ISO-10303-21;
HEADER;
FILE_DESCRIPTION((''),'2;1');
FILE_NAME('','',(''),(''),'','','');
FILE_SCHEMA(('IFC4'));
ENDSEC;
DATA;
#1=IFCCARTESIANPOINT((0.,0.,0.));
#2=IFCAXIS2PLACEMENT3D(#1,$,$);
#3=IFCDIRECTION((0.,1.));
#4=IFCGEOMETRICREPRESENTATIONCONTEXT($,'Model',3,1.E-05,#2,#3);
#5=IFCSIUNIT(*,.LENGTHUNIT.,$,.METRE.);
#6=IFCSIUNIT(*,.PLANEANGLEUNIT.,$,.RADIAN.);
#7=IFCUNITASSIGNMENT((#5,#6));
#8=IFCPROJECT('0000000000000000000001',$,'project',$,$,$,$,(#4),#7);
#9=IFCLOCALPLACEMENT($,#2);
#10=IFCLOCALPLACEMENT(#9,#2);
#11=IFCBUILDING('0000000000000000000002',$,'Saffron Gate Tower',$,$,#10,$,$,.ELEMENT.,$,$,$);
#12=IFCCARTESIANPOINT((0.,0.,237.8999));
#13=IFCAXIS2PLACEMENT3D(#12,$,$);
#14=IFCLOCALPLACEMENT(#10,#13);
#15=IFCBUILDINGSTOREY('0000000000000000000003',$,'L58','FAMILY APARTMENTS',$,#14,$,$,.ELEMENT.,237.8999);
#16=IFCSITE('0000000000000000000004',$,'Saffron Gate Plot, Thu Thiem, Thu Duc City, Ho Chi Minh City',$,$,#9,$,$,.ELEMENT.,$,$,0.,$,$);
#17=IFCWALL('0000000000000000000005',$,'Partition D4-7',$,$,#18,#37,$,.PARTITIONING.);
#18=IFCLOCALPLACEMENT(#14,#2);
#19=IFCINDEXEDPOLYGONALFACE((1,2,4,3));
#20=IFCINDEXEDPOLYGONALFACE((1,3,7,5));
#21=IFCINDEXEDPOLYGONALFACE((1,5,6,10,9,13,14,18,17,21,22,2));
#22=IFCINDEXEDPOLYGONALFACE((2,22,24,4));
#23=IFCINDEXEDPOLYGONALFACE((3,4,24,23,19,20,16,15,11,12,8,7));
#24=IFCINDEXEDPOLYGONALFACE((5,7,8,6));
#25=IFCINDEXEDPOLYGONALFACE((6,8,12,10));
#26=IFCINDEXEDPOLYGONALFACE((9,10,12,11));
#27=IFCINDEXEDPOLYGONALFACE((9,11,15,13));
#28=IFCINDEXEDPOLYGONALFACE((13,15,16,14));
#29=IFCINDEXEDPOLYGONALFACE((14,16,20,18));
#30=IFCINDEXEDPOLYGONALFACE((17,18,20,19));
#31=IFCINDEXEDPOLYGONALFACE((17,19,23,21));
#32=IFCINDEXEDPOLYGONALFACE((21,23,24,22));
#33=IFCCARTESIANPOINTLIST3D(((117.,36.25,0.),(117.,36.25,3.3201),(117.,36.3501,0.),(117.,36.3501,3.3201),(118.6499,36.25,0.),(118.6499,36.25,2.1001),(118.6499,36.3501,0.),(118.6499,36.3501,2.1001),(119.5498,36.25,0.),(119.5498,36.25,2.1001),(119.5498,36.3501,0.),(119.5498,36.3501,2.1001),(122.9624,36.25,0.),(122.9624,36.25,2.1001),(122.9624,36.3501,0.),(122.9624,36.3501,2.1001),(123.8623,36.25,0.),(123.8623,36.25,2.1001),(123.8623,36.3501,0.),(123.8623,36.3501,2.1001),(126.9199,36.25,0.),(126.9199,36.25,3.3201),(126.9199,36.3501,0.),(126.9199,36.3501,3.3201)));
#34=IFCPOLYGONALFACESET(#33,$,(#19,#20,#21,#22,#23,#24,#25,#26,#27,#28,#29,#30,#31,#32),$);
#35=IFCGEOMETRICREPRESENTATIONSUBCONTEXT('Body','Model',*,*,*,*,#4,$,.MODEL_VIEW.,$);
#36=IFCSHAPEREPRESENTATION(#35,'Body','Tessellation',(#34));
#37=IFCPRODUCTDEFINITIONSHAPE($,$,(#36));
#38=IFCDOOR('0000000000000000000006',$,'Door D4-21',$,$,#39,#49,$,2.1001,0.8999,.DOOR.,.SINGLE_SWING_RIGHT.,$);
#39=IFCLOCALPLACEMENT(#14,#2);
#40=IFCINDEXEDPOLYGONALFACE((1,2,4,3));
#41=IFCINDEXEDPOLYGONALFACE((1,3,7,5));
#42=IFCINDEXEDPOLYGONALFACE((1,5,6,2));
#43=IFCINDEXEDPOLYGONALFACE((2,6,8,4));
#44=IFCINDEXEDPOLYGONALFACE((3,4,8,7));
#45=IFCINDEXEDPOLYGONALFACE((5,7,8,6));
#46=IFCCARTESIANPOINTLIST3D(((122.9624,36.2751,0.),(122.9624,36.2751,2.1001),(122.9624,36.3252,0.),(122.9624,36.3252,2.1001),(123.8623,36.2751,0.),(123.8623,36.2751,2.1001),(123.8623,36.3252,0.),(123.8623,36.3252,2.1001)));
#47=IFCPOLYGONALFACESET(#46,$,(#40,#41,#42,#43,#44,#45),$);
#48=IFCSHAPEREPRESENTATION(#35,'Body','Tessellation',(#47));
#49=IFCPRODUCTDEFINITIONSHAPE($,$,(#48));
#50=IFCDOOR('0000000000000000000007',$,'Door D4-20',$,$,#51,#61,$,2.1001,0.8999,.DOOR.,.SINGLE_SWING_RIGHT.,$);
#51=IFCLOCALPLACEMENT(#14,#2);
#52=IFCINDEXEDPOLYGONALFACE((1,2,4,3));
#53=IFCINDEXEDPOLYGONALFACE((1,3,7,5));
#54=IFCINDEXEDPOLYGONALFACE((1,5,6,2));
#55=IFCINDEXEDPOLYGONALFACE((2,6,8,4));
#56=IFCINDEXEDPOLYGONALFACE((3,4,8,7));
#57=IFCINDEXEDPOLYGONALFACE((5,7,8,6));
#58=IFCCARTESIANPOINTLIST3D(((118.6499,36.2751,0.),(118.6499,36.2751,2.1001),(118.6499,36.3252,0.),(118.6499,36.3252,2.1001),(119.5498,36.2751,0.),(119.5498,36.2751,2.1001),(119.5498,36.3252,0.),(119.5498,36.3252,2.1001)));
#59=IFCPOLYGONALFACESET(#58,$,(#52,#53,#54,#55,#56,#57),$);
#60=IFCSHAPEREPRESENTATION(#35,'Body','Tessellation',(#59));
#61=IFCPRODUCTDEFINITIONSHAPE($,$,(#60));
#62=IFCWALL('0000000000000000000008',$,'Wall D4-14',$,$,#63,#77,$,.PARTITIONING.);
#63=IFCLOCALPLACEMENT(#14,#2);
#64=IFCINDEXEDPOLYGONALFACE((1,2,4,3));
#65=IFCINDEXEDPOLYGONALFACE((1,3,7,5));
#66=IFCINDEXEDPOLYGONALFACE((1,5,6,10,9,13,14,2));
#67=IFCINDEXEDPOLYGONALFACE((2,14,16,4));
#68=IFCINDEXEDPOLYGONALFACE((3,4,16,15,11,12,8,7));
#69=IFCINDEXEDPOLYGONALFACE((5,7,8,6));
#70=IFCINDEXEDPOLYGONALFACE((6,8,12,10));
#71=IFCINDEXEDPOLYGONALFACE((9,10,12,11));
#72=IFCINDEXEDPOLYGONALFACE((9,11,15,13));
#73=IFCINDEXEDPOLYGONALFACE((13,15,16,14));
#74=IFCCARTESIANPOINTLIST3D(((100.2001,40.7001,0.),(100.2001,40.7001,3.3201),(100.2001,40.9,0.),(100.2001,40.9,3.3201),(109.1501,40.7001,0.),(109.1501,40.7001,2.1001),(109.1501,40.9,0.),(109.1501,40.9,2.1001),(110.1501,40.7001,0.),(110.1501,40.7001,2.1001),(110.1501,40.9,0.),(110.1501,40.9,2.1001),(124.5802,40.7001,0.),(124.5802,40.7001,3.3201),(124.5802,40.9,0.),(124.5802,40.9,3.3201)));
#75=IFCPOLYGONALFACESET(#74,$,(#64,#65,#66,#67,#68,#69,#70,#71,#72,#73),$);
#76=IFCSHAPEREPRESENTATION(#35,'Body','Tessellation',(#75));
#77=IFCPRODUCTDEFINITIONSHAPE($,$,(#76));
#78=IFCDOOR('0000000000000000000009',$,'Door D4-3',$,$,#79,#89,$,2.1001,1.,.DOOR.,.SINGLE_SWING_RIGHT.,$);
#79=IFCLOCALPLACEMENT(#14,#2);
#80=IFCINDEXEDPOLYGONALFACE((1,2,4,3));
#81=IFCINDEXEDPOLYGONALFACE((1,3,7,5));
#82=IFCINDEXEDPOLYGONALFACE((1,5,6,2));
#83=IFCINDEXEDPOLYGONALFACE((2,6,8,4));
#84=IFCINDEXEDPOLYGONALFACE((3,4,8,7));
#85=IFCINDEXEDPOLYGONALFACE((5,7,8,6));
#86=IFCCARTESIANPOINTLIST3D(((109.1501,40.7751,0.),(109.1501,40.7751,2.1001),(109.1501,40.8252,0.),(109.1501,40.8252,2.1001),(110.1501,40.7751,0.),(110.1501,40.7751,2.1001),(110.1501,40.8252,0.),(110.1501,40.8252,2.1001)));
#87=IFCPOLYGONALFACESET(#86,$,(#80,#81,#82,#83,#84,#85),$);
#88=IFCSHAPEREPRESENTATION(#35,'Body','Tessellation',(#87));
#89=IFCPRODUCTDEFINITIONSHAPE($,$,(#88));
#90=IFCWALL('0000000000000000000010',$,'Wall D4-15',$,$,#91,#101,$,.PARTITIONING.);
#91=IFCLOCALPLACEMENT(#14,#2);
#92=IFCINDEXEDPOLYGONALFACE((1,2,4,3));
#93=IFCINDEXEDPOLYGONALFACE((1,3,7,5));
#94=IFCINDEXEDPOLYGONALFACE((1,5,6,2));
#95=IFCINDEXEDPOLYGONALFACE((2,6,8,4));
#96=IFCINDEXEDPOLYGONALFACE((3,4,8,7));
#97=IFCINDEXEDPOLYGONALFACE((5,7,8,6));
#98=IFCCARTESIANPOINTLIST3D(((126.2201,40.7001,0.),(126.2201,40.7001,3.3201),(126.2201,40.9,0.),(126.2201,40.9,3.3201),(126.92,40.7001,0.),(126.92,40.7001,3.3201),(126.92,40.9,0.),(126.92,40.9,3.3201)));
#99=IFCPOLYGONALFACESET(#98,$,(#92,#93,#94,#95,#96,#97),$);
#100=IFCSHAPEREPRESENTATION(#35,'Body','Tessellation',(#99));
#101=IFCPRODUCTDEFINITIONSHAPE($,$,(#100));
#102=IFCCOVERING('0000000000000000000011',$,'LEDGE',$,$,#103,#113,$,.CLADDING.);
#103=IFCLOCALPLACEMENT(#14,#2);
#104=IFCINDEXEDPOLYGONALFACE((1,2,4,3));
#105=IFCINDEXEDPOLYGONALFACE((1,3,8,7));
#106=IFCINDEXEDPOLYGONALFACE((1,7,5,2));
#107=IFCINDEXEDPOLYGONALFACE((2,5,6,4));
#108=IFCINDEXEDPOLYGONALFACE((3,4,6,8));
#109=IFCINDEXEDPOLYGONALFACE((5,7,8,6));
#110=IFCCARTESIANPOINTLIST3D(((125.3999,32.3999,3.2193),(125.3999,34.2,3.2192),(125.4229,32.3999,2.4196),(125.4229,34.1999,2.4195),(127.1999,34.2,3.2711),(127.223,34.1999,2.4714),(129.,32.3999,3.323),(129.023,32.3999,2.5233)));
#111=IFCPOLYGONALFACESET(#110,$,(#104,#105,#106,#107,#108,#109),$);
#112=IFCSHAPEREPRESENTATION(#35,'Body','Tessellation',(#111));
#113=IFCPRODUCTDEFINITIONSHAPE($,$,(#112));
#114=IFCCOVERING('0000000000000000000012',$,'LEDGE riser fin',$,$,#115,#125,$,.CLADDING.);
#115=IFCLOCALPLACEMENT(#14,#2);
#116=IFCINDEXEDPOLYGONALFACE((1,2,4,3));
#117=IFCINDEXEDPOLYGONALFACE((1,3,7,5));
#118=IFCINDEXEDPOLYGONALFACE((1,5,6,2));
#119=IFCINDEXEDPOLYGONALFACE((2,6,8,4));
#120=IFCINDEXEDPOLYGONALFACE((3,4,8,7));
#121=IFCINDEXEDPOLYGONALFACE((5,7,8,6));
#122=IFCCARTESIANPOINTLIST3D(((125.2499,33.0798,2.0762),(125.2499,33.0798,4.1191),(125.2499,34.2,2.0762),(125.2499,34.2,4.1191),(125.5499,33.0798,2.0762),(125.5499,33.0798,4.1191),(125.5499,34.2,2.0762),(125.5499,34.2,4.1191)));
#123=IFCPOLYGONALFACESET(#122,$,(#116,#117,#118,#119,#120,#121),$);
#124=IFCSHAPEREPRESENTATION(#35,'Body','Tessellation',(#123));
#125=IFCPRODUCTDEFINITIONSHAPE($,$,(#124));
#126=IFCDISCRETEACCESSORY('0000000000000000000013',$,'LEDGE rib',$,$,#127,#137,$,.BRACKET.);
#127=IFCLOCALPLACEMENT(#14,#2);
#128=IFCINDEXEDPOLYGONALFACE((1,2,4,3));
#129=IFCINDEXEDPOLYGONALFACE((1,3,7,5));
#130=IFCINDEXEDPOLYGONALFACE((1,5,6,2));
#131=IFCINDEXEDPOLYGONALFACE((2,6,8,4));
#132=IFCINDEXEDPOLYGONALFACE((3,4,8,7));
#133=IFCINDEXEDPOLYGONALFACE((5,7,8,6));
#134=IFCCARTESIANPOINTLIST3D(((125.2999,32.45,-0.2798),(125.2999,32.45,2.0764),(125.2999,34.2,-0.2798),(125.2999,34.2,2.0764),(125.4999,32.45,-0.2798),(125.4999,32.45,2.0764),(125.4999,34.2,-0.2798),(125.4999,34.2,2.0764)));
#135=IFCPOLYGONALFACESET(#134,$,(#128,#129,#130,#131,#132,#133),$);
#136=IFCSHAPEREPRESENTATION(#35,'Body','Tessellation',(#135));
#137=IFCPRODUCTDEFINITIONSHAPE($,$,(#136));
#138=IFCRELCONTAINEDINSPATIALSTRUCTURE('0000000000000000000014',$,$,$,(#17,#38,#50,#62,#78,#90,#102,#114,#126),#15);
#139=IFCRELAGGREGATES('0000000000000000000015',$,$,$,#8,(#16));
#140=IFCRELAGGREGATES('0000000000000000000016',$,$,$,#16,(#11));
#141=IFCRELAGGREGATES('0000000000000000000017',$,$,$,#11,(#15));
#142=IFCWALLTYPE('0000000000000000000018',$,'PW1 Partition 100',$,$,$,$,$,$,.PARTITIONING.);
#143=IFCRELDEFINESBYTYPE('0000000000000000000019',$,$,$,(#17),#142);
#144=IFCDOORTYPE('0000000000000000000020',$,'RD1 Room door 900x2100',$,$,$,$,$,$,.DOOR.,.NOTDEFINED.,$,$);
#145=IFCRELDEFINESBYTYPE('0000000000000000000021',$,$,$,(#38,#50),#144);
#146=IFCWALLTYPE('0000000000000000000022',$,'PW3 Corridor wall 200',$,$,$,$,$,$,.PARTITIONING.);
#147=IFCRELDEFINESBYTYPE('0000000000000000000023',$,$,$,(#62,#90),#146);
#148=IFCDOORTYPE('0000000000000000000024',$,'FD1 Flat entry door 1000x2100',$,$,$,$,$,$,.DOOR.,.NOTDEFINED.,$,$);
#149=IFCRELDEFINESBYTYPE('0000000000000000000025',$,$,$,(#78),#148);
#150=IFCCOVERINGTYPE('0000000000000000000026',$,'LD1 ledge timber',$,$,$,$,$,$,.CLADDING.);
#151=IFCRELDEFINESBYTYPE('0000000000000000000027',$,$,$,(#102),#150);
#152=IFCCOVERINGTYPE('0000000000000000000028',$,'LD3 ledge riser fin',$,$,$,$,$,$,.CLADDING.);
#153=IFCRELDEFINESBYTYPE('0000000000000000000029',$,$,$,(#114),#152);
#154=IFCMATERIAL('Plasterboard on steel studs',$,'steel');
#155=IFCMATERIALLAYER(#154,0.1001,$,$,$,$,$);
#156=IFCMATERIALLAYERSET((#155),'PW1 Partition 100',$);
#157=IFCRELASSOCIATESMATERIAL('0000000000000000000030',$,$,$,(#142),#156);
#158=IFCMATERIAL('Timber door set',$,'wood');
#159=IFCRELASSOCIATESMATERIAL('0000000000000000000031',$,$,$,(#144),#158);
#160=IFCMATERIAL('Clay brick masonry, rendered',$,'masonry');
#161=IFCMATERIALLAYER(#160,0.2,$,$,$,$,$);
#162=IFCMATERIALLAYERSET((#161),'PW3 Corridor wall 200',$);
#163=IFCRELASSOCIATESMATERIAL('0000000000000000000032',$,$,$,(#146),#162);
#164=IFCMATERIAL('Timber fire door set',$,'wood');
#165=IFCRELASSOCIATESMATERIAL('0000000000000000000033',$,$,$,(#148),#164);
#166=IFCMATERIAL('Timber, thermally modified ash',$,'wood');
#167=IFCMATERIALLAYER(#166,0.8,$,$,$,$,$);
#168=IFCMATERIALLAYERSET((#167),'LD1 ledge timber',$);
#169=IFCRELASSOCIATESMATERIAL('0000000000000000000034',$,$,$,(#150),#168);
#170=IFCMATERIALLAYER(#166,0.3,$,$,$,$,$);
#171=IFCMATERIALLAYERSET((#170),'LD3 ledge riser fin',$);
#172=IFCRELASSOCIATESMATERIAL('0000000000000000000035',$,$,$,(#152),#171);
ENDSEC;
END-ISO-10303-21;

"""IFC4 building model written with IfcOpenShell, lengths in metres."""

from ifc_helpers import new_model, si_unit, direction, frame, frame_2d, origin, origin_2d, place, context, subcontext, project, spatial, polyline, rectangle, outline, extrude, material, layer, layer_set, type_object, element, fill, save


model = new_model("IFC4")

# Units and contexts
model_context = context("Model", 3, precision=1e-05, world=origin(), true_north=direction((0.0, 1.0)))
body_context = subcontext(model_context, "Body", "Model", "MODEL_VIEW")
ifc_project = project(units=[si_unit("LENGTHUNIT", "METRE"), si_unit("PLANEANGLEUNIT", "RADIAN")], contexts=[model_context])

# Site, building, storey
site_placement = place(None, origin())
site = spatial("IfcSite", under=ifc_project, at=site_placement, Name="Saffron Gate Plot, Thu Thiem, Thu Duc City, Ho Chi Minh City", CompositionType="ELEMENT", RefElevation=0.0)
building_placement = place(site_placement, origin())
building = spatial("IfcBuilding", under=site, at=building_placement, Name="Saffron Gate Tower", CompositionType="ELEMENT")
storey_placement = place(building_placement, frame((0.0, 0.0, 237.8999)))
storey = spatial("IfcBuildingStorey", under=building, at=storey_placement, Name="L58", Description="FAMILY APARTMENTS", CompositionType="ELEMENT", Elevation=237.8999)

# Wall, openings, doors
ifc_material_1 = material(Name="Plasterboard on steel studs", Category="steel")
ifc_layer_1 = layer(ifc_material_1, 0.1001)
ifc_layer_set_1 = layer_set([ifc_layer_1], Name="PW1 Partition 100")
wall_type_1 = type_object("IfcWallType", Name="PW1 Partition 100", PredefinedType="PARTITIONING", material=ifc_layer_set_1)
wall_1_placement = place(storey_placement, frame((126.9199, 36.3, 0.0), z_axis=(0.0, 0.0, 1.0), x_axis=(-1.0, 0.0, 0.0)))
wall_1 = element("IfcWall", 1, at=wall_1_placement, inside=storey, type_object=wall_type_1, Name="Partition D4-7", PredefinedType="PARTITIONING", context=body_context, shape_type="SweptSolid", body=[
    extrude(rectangle(XDim=9.9199, YDim=0.1001, at=frame_2d((4.96, 0.0))), origin(), (0.0, 0.0, 1.0), 3.3201),
])
opening_1_placement = place(wall_1_placement, frame((3.0576, 0.0, 0.0)))
opening_1 = element("IfcOpeningElement", 2, at=opening_1_placement, cuts=wall_1, PredefinedType="OPENING", context=body_context, shape_type="SweptSolid", body=[
    extrude(rectangle(XDim=0.8999, YDim=2.1001, at=frame_2d((0.45, 1.05))), frame((0.0, 0.0601, 0.0), z_axis=(0.0, -1.0, 0.0), x_axis=(1.0, 0.0, 0.0)), (0.0, 0.0, 1.0), 0.1201),
])
opening_2_placement = place(wall_1_placement, frame((7.3701, 0.0, 0.0)))
opening_2 = element("IfcOpeningElement", 3, at=opening_2_placement, cuts=wall_1, PredefinedType="OPENING", context=body_context, shape_type="SweptSolid", body=[
    extrude(rectangle(XDim=0.8999, YDim=2.1001, at=frame_2d((0.45, 1.05))), frame((0.0, 0.0601, 0.0), z_axis=(0.0, -1.0, 0.0), x_axis=(1.0, 0.0, 0.0)), (0.0, 0.0, 1.0), 0.1201),
])
ifc_material_2 = material(Name="Timber door set", Category="wood")
door_type_1 = type_object("IfcDoorType", Name="RD1 Room door 900x2100", OperationType="NOTDEFINED", PredefinedType="DOOR", material=ifc_material_2)
door_1_placement = place(opening_1_placement, origin())
door_1 = element("IfcDoor", 4, at=door_1_placement, inside=storey, type_object=door_type_1, Name="Door D4-21", OperationType="SINGLE_SWING_RIGHT", OverallHeight=2.1001, OverallWidth=0.8999, PredefinedType="DOOR", context=body_context, shape_type="SweptSolid", body=[
    extrude(rectangle(XDim=0.8999, YDim=2.1001, at=frame_2d((0.45, 1.05))), frame((0.0, 0.0249, 0.0), z_axis=(0.0, -1.0, 0.0), x_axis=(1.0, 0.0, 0.0)), (0.0, 0.0, 1.0), 0.05),
])
fill(opening_1, door_1)
door_2_placement = place(opening_2_placement, origin())
door_2 = element("IfcDoor", 5, at=door_2_placement, inside=storey, type_object=door_type_1, Name="Door D4-20", OperationType="SINGLE_SWING_RIGHT", OverallHeight=2.1001, OverallWidth=0.8999, PredefinedType="DOOR", context=body_context, shape_type="SweptSolid", body=[
    extrude(rectangle(XDim=0.8999, YDim=2.1001, at=frame_2d((0.45, 1.05))), frame((0.0, 0.0249, 0.0), z_axis=(0.0, -1.0, 0.0), x_axis=(1.0, 0.0, 0.0)), (0.0, 0.0, 1.0), 0.05),
])
fill(opening_2, door_2)

# Wall, opening, door
ifc_material_3 = material(Name="Clay brick masonry, rendered", Category="masonry")
ifc_layer_2 = layer(ifc_material_3, 0.2)
ifc_layer_set_2 = layer_set([ifc_layer_2], Name="PW3 Corridor wall 200")
wall_type_2 = type_object("IfcWallType", Name="PW3 Corridor wall 200", PredefinedType="PARTITIONING", material=ifc_layer_set_2)
wall_2_placement = place(storey_placement, frame((124.5801, 40.8, 0.0), z_axis=(0.0, 0.0, 1.0), x_axis=(-1.0, 0.0, 0.0)))
wall_2 = element("IfcWall", 6, at=wall_2_placement, inside=storey, type_object=wall_type_2, Name="Wall D4-14", PredefinedType="PARTITIONING", context=body_context, shape_type="SweptSolid", body=[
    extrude(rectangle(XDim=24.3801, YDim=0.2, at=frame_2d((12.1899, 0.0))), origin(), (0.0, 0.0, 1.0), 3.3201),
])
opening_3_placement = place(wall_2_placement, frame((14.4299, 0.0, 0.0)))
opening_3 = element("IfcOpeningElement", 7, at=opening_3_placement, cuts=wall_2, PredefinedType="OPENING", context=body_context, shape_type="SweptSolid", body=[
    extrude(rectangle(XDim=1.0, YDim=2.1001, at=frame_2d((0.5, 1.05))), frame((0.0, 0.1099, 0.0), z_axis=(0.0, -1.0, 0.0), x_axis=(1.0, 0.0, 0.0)), (0.0, 0.0, 1.0), 0.22),
])
ifc_material_4 = material(Name="Timber fire door set", Category="wood")
door_type_2 = type_object("IfcDoorType", Name="FD1 Flat entry door 1000x2100", OperationType="NOTDEFINED", PredefinedType="DOOR", material=ifc_material_4)
door_3_placement = place(opening_3_placement, origin())
door_3 = element("IfcDoor", 8, at=door_3_placement, inside=storey, type_object=door_type_2, Name="Door D4-3", OperationType="SINGLE_SWING_RIGHT", OverallHeight=2.1001, OverallWidth=1.0, PredefinedType="DOOR", context=body_context, shape_type="SweptSolid", body=[
    extrude(rectangle(XDim=1.0, YDim=2.1001, at=frame_2d((0.5, 1.05))), frame((0.0, 0.0249, 0.0), z_axis=(0.0, -1.0, 0.0), x_axis=(1.0, 0.0, 0.0)), (0.0, 0.0, 1.0), 0.05),
])
fill(opening_3, door_3)

# Wall
wall_3_placement = place(storey_placement, frame((126.22, 40.8, 0.0), z_axis=(0.0, 0.0, 1.0), x_axis=(1.0, 0.0, 0.0)))
element("IfcWall", 9, at=wall_3_placement, inside=storey, type_object=wall_type_2, Name="Wall D4-15", PredefinedType="PARTITIONING", context=body_context, shape_type="SweptSolid", body=[
    extrude(rectangle(XDim=0.7, YDim=0.2, at=frame_2d((0.3501, 0.0))), origin(), (0.0, 0.0, 1.0), 3.3201),
])

# Coverings
ifc_material_5 = material(Name="Timber, thermally modified ash", Category="wood")
ifc_layer_3 = layer(ifc_material_5, 0.8)
ifc_layer_set_3 = layer_set([ifc_layer_3], Name="LD1 ledge timber")
covering_type_1 = type_object("IfcCoveringType", Name="LD1 ledge timber", PredefinedType="CLADDING", material=ifc_layer_set_3)
covering_1_placement = place(storey_placement, frame((125.3999, 34.2, 3.2192), z_axis=(-0.028787, 0.000045, 0.999586), x_axis=(0.999586, 0.0, 0.028787)))
element("IfcCovering", 10, at=covering_1_placement, inside=storey, type_object=covering_type_1, Name="LEDGE", PredefinedType="CLADDING", context=body_context, shape_type="SweptSolid", body=[
    extrude(outline(polyline([(0.0, 0.0), (1.8008, 0.0), (3.6016, -1.8), (0.0, -1.8), (0.0, 0.0)])), origin(), (0.0, 0.0, -1.0), 0.8),
])
ifc_layer_4 = layer(ifc_material_5, 0.3)
ifc_layer_set_4 = layer_set([ifc_layer_4], Name="LD3 ledge riser fin")
covering_type_2 = type_object("IfcCoveringType", Name="LD3 ledge riser fin", PredefinedType="CLADDING", material=ifc_layer_set_4)
covering_2_placement = place(storey_placement, frame((125.3999, 33.6399, 2.0762), z_axis=(0.0, 0.0, 1.0), x_axis=(1.0, 0.0, 0.0)))
element("IfcCovering", 11, at=covering_2_placement, inside=storey, type_object=covering_type_2, Name="LEDGE riser fin", PredefinedType="CLADDING", context=body_context, shape_type="SweptSolid", body=[
    extrude(rectangle(XDim=0.3, YDim=1.1201, at=origin_2d()), origin(), (0.0, 0.0, 1.0), 2.043),
])

# Discrete accessory
discrete_accessory_placement = place(storey_placement, frame((125.3999, 33.325, -0.2798), z_axis=(0.0, 0.0, 1.0), x_axis=(1.0, 0.0, 0.0)))
element("IfcDiscreteAccessory", 12, at=discrete_accessory_placement, inside=storey, Name="LEDGE rib", PredefinedType="BRACKET", context=body_context, shape_type="SweptSolid", body=[
    extrude(rectangle(XDim=0.2, YDim=1.75, at=origin_2d()), origin(), (0.0, 0.0, 1.0), 2.3562),
])

save(model, "model.ifc")
